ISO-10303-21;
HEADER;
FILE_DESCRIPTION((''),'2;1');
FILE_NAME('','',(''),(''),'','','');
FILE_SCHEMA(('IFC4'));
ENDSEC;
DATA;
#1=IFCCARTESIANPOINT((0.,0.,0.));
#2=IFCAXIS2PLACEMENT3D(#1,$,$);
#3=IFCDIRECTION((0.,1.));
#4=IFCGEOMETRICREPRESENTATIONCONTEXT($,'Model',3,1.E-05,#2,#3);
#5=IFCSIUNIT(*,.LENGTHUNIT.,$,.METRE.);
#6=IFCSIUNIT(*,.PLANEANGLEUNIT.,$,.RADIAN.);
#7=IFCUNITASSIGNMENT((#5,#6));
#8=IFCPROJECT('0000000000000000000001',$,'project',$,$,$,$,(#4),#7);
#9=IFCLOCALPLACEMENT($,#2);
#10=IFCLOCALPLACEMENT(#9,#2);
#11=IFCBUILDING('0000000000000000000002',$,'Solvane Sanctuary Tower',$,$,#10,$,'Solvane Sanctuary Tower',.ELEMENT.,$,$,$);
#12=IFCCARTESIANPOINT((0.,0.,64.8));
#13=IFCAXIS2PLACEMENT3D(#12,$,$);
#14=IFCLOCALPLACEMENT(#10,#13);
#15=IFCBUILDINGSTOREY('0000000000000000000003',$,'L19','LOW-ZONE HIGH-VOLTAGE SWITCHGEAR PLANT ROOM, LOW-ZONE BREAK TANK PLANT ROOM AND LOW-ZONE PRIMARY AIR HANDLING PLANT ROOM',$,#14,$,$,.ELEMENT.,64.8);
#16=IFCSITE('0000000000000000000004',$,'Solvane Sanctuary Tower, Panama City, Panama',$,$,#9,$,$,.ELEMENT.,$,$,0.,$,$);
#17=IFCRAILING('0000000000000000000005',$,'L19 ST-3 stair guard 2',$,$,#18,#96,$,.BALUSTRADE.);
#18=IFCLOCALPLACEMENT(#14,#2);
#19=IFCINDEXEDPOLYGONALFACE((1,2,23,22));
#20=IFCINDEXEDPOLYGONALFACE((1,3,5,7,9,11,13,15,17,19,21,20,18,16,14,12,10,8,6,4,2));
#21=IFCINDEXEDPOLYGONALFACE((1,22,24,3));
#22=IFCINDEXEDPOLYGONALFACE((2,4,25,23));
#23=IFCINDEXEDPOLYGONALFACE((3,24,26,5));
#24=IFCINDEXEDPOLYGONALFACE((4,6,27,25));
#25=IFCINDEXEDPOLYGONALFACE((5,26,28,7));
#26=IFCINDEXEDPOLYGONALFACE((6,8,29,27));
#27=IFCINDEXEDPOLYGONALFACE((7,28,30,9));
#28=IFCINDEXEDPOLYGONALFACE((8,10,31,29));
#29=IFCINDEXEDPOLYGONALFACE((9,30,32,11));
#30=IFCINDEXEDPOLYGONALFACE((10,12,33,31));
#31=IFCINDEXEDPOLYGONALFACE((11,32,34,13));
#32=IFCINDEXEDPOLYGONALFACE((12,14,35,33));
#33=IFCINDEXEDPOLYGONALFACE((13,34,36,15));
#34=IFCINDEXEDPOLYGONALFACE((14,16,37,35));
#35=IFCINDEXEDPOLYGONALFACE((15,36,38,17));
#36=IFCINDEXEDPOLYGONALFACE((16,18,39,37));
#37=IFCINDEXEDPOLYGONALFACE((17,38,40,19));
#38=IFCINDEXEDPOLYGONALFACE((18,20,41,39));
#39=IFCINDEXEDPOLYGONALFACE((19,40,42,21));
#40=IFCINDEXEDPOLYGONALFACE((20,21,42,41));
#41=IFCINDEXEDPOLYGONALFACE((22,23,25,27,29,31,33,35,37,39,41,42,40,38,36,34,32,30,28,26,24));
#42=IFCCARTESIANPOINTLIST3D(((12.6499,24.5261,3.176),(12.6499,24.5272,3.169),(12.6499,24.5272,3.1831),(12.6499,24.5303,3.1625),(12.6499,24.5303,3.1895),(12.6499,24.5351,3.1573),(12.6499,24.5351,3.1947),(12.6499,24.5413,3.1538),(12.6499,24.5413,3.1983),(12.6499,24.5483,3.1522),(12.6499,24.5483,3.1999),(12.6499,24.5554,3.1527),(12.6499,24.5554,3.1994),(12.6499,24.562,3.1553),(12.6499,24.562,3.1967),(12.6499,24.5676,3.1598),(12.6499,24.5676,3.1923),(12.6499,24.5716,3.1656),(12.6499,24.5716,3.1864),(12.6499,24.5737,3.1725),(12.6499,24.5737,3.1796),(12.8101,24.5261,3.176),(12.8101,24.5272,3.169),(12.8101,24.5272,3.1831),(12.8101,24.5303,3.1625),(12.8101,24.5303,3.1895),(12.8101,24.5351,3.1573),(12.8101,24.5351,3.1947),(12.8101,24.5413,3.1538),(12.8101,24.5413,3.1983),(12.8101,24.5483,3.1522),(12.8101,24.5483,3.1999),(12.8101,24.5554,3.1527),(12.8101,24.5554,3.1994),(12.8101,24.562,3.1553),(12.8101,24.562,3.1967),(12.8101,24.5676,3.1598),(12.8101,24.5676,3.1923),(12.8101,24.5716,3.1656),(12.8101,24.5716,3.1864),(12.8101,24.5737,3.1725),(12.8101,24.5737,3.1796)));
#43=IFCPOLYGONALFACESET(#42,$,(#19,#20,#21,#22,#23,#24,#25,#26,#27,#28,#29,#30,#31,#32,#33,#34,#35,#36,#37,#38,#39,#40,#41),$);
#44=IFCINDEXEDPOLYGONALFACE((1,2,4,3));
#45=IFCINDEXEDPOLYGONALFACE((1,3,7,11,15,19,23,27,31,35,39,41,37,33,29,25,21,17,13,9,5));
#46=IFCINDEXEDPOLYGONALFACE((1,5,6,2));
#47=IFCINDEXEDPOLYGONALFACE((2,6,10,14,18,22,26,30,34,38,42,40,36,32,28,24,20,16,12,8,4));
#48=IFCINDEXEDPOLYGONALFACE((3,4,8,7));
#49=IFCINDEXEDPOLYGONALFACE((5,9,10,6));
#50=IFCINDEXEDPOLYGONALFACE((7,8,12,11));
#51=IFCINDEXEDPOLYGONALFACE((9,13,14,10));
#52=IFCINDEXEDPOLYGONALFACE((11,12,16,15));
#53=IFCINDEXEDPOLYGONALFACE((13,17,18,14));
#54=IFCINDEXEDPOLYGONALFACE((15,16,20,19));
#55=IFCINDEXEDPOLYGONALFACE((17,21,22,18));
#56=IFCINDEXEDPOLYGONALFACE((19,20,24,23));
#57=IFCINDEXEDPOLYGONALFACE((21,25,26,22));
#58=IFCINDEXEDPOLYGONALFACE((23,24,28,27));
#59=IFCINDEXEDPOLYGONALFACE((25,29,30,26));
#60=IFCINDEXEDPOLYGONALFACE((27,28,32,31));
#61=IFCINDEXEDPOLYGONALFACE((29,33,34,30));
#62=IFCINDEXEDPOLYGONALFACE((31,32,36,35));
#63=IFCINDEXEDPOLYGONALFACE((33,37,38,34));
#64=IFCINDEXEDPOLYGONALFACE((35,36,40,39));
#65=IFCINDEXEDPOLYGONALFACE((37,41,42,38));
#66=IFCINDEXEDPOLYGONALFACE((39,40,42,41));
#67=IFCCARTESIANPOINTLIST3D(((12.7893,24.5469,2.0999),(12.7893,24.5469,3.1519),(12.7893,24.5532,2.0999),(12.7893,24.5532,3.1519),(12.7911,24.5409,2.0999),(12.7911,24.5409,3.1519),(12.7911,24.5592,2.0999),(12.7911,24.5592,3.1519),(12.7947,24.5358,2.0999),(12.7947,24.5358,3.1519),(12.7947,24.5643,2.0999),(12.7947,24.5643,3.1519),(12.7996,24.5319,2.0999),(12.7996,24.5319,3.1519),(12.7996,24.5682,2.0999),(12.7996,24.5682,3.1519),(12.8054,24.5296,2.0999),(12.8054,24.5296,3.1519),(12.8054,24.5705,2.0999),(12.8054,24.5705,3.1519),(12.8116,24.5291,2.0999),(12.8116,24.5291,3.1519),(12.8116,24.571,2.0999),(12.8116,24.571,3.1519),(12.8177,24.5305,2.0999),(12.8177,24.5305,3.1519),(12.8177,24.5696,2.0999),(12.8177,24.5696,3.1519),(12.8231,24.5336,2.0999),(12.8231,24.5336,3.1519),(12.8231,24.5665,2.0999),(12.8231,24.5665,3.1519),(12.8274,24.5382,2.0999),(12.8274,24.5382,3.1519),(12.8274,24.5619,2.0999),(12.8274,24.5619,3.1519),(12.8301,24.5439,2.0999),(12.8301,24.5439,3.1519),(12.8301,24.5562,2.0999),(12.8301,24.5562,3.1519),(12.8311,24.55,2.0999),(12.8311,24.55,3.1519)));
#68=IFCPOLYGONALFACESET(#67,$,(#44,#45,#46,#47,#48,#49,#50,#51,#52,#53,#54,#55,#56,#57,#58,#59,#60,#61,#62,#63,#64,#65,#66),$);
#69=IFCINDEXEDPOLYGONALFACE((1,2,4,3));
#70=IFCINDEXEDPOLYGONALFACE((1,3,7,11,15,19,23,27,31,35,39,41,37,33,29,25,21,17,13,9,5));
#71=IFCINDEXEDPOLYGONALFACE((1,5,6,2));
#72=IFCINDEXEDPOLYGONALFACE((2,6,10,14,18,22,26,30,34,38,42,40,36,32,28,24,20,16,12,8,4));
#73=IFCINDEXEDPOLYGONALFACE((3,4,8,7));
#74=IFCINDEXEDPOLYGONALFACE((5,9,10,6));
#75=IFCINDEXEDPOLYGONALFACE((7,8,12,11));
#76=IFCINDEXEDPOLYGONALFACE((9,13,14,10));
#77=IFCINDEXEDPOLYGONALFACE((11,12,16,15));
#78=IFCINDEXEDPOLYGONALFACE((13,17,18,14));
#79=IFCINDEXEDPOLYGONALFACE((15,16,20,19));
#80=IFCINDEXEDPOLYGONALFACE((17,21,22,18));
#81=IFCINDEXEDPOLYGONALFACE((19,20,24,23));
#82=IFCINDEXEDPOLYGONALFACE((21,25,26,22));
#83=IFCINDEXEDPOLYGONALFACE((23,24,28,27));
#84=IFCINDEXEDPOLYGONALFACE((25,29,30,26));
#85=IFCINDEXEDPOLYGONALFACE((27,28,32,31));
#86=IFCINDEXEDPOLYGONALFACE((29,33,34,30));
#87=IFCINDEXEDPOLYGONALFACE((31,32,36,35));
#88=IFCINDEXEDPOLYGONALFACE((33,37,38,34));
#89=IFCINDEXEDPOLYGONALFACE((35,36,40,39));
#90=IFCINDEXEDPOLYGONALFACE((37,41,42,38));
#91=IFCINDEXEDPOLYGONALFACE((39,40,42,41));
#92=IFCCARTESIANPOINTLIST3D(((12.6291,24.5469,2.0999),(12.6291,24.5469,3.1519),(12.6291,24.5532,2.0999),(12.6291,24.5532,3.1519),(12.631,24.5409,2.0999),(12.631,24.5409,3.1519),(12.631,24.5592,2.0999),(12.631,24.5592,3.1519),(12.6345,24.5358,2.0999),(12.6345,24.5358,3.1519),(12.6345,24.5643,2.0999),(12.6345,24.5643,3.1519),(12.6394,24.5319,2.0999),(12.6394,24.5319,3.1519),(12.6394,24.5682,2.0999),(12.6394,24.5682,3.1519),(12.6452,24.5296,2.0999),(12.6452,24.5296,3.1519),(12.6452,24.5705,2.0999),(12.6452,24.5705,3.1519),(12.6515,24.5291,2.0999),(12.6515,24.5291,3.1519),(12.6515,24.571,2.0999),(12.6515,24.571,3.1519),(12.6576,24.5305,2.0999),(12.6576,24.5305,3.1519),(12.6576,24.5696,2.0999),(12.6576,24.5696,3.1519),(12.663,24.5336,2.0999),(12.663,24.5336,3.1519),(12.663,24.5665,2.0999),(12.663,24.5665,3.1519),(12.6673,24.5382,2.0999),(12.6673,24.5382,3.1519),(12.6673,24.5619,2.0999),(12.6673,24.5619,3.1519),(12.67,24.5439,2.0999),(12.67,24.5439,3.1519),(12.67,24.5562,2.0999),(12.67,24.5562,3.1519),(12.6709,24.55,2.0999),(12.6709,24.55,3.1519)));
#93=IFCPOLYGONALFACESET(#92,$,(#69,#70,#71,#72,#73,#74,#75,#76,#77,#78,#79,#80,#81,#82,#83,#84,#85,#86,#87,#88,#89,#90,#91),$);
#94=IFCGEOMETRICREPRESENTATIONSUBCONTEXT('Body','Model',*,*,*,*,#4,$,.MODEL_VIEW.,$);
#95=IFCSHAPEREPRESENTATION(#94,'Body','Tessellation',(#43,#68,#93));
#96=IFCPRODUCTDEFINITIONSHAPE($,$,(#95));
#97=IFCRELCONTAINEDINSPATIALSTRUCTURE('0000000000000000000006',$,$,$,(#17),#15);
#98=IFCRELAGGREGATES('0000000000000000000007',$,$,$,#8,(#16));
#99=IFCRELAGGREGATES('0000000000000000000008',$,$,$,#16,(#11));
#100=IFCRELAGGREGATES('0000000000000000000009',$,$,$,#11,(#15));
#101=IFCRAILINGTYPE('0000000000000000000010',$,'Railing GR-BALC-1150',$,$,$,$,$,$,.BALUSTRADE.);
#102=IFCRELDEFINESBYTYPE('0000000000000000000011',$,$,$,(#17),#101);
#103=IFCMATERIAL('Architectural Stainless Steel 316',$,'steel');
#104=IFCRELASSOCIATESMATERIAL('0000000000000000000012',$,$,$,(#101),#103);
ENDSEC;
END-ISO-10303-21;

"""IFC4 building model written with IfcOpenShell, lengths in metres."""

from ifc_helpers import new_model, si_unit, direction, frame, origin, origin_2d, place, context, subcontext, project, spatial, circle, extrude, material, type_object, element, save


model = new_model("IFC4")

# Units and contexts
model_context = context("Model", 3, precision=1e-05, world=origin(), true_north=direction((0.0, 1.0)))
body_context = subcontext(model_context, "Body", "Model", "MODEL_VIEW")
ifc_project = project(units=[si_unit("LENGTHUNIT", "METRE"), si_unit("PLANEANGLEUNIT", "RADIAN")], contexts=[model_context])

# Site, building, storey
site_placement = place(None, origin())
site = spatial("IfcSite", under=ifc_project, at=site_placement, Name="Solvane Sanctuary Tower, Panama City, Panama", CompositionType="ELEMENT", RefElevation=0.0)
building_placement = place(site_placement, origin())
building = spatial("IfcBuilding", under=site, at=building_placement, Name="Solvane Sanctuary Tower", LongName="Solvane Sanctuary Tower", CompositionType="ELEMENT")
storey_placement = place(building_placement, frame((0.0, 0.0, 64.8)))
storey = spatial("IfcBuildingStorey", under=building, at=storey_placement, Name="L19", Description="LOW-ZONE HIGH-VOLTAGE SWITCHGEAR PLANT ROOM, LOW-ZONE BREAK TANK PLANT ROOM AND LOW-ZONE PRIMARY AIR HANDLING PLANT ROOM", CompositionType="ELEMENT", Elevation=64.8)

# Shared definitions
ifc_material_1 = material(Name="Architectural Stainless Steel 316", Category="steel")

# Railing
railing_type_1 = type_object("IfcRailingType", Name="Railing GR-BALC-1150", PredefinedType="BALUSTRADE", material=ifc_material_1)
railing_1_placement = place(storey_placement, frame((12.8101, 24.55, 2.0999)))
element("IfcRailing", 1, at=railing_1_placement, inside=storey, type_object=railing_type_1, Name="L19 ST-3 stair guard 2", PredefinedType="BALUSTRADE", context=body_context, shape_type="SweptSolid", body=[
    extrude(circle(Radius=0.0239, at=origin_2d()), frame((0.0, 0.0, 1.0762), z_axis=(-1.0, 0.0, 0.0), x_axis=(0.0, -1.0, 0.0)), (0.0, 0.0, 1.0), 0.1602),
    extrude(circle(Radius=0.021, at=origin_2d()), origin(), (0.0, 0.0, 1.0), 1.052),
    extrude(circle(Radius=0.021, at=origin_2d()), frame((-0.1602, 0.0, 0.0)), (0.0, 0.0, 1.0), 1.052),
])

save(model, "model.ifc")
